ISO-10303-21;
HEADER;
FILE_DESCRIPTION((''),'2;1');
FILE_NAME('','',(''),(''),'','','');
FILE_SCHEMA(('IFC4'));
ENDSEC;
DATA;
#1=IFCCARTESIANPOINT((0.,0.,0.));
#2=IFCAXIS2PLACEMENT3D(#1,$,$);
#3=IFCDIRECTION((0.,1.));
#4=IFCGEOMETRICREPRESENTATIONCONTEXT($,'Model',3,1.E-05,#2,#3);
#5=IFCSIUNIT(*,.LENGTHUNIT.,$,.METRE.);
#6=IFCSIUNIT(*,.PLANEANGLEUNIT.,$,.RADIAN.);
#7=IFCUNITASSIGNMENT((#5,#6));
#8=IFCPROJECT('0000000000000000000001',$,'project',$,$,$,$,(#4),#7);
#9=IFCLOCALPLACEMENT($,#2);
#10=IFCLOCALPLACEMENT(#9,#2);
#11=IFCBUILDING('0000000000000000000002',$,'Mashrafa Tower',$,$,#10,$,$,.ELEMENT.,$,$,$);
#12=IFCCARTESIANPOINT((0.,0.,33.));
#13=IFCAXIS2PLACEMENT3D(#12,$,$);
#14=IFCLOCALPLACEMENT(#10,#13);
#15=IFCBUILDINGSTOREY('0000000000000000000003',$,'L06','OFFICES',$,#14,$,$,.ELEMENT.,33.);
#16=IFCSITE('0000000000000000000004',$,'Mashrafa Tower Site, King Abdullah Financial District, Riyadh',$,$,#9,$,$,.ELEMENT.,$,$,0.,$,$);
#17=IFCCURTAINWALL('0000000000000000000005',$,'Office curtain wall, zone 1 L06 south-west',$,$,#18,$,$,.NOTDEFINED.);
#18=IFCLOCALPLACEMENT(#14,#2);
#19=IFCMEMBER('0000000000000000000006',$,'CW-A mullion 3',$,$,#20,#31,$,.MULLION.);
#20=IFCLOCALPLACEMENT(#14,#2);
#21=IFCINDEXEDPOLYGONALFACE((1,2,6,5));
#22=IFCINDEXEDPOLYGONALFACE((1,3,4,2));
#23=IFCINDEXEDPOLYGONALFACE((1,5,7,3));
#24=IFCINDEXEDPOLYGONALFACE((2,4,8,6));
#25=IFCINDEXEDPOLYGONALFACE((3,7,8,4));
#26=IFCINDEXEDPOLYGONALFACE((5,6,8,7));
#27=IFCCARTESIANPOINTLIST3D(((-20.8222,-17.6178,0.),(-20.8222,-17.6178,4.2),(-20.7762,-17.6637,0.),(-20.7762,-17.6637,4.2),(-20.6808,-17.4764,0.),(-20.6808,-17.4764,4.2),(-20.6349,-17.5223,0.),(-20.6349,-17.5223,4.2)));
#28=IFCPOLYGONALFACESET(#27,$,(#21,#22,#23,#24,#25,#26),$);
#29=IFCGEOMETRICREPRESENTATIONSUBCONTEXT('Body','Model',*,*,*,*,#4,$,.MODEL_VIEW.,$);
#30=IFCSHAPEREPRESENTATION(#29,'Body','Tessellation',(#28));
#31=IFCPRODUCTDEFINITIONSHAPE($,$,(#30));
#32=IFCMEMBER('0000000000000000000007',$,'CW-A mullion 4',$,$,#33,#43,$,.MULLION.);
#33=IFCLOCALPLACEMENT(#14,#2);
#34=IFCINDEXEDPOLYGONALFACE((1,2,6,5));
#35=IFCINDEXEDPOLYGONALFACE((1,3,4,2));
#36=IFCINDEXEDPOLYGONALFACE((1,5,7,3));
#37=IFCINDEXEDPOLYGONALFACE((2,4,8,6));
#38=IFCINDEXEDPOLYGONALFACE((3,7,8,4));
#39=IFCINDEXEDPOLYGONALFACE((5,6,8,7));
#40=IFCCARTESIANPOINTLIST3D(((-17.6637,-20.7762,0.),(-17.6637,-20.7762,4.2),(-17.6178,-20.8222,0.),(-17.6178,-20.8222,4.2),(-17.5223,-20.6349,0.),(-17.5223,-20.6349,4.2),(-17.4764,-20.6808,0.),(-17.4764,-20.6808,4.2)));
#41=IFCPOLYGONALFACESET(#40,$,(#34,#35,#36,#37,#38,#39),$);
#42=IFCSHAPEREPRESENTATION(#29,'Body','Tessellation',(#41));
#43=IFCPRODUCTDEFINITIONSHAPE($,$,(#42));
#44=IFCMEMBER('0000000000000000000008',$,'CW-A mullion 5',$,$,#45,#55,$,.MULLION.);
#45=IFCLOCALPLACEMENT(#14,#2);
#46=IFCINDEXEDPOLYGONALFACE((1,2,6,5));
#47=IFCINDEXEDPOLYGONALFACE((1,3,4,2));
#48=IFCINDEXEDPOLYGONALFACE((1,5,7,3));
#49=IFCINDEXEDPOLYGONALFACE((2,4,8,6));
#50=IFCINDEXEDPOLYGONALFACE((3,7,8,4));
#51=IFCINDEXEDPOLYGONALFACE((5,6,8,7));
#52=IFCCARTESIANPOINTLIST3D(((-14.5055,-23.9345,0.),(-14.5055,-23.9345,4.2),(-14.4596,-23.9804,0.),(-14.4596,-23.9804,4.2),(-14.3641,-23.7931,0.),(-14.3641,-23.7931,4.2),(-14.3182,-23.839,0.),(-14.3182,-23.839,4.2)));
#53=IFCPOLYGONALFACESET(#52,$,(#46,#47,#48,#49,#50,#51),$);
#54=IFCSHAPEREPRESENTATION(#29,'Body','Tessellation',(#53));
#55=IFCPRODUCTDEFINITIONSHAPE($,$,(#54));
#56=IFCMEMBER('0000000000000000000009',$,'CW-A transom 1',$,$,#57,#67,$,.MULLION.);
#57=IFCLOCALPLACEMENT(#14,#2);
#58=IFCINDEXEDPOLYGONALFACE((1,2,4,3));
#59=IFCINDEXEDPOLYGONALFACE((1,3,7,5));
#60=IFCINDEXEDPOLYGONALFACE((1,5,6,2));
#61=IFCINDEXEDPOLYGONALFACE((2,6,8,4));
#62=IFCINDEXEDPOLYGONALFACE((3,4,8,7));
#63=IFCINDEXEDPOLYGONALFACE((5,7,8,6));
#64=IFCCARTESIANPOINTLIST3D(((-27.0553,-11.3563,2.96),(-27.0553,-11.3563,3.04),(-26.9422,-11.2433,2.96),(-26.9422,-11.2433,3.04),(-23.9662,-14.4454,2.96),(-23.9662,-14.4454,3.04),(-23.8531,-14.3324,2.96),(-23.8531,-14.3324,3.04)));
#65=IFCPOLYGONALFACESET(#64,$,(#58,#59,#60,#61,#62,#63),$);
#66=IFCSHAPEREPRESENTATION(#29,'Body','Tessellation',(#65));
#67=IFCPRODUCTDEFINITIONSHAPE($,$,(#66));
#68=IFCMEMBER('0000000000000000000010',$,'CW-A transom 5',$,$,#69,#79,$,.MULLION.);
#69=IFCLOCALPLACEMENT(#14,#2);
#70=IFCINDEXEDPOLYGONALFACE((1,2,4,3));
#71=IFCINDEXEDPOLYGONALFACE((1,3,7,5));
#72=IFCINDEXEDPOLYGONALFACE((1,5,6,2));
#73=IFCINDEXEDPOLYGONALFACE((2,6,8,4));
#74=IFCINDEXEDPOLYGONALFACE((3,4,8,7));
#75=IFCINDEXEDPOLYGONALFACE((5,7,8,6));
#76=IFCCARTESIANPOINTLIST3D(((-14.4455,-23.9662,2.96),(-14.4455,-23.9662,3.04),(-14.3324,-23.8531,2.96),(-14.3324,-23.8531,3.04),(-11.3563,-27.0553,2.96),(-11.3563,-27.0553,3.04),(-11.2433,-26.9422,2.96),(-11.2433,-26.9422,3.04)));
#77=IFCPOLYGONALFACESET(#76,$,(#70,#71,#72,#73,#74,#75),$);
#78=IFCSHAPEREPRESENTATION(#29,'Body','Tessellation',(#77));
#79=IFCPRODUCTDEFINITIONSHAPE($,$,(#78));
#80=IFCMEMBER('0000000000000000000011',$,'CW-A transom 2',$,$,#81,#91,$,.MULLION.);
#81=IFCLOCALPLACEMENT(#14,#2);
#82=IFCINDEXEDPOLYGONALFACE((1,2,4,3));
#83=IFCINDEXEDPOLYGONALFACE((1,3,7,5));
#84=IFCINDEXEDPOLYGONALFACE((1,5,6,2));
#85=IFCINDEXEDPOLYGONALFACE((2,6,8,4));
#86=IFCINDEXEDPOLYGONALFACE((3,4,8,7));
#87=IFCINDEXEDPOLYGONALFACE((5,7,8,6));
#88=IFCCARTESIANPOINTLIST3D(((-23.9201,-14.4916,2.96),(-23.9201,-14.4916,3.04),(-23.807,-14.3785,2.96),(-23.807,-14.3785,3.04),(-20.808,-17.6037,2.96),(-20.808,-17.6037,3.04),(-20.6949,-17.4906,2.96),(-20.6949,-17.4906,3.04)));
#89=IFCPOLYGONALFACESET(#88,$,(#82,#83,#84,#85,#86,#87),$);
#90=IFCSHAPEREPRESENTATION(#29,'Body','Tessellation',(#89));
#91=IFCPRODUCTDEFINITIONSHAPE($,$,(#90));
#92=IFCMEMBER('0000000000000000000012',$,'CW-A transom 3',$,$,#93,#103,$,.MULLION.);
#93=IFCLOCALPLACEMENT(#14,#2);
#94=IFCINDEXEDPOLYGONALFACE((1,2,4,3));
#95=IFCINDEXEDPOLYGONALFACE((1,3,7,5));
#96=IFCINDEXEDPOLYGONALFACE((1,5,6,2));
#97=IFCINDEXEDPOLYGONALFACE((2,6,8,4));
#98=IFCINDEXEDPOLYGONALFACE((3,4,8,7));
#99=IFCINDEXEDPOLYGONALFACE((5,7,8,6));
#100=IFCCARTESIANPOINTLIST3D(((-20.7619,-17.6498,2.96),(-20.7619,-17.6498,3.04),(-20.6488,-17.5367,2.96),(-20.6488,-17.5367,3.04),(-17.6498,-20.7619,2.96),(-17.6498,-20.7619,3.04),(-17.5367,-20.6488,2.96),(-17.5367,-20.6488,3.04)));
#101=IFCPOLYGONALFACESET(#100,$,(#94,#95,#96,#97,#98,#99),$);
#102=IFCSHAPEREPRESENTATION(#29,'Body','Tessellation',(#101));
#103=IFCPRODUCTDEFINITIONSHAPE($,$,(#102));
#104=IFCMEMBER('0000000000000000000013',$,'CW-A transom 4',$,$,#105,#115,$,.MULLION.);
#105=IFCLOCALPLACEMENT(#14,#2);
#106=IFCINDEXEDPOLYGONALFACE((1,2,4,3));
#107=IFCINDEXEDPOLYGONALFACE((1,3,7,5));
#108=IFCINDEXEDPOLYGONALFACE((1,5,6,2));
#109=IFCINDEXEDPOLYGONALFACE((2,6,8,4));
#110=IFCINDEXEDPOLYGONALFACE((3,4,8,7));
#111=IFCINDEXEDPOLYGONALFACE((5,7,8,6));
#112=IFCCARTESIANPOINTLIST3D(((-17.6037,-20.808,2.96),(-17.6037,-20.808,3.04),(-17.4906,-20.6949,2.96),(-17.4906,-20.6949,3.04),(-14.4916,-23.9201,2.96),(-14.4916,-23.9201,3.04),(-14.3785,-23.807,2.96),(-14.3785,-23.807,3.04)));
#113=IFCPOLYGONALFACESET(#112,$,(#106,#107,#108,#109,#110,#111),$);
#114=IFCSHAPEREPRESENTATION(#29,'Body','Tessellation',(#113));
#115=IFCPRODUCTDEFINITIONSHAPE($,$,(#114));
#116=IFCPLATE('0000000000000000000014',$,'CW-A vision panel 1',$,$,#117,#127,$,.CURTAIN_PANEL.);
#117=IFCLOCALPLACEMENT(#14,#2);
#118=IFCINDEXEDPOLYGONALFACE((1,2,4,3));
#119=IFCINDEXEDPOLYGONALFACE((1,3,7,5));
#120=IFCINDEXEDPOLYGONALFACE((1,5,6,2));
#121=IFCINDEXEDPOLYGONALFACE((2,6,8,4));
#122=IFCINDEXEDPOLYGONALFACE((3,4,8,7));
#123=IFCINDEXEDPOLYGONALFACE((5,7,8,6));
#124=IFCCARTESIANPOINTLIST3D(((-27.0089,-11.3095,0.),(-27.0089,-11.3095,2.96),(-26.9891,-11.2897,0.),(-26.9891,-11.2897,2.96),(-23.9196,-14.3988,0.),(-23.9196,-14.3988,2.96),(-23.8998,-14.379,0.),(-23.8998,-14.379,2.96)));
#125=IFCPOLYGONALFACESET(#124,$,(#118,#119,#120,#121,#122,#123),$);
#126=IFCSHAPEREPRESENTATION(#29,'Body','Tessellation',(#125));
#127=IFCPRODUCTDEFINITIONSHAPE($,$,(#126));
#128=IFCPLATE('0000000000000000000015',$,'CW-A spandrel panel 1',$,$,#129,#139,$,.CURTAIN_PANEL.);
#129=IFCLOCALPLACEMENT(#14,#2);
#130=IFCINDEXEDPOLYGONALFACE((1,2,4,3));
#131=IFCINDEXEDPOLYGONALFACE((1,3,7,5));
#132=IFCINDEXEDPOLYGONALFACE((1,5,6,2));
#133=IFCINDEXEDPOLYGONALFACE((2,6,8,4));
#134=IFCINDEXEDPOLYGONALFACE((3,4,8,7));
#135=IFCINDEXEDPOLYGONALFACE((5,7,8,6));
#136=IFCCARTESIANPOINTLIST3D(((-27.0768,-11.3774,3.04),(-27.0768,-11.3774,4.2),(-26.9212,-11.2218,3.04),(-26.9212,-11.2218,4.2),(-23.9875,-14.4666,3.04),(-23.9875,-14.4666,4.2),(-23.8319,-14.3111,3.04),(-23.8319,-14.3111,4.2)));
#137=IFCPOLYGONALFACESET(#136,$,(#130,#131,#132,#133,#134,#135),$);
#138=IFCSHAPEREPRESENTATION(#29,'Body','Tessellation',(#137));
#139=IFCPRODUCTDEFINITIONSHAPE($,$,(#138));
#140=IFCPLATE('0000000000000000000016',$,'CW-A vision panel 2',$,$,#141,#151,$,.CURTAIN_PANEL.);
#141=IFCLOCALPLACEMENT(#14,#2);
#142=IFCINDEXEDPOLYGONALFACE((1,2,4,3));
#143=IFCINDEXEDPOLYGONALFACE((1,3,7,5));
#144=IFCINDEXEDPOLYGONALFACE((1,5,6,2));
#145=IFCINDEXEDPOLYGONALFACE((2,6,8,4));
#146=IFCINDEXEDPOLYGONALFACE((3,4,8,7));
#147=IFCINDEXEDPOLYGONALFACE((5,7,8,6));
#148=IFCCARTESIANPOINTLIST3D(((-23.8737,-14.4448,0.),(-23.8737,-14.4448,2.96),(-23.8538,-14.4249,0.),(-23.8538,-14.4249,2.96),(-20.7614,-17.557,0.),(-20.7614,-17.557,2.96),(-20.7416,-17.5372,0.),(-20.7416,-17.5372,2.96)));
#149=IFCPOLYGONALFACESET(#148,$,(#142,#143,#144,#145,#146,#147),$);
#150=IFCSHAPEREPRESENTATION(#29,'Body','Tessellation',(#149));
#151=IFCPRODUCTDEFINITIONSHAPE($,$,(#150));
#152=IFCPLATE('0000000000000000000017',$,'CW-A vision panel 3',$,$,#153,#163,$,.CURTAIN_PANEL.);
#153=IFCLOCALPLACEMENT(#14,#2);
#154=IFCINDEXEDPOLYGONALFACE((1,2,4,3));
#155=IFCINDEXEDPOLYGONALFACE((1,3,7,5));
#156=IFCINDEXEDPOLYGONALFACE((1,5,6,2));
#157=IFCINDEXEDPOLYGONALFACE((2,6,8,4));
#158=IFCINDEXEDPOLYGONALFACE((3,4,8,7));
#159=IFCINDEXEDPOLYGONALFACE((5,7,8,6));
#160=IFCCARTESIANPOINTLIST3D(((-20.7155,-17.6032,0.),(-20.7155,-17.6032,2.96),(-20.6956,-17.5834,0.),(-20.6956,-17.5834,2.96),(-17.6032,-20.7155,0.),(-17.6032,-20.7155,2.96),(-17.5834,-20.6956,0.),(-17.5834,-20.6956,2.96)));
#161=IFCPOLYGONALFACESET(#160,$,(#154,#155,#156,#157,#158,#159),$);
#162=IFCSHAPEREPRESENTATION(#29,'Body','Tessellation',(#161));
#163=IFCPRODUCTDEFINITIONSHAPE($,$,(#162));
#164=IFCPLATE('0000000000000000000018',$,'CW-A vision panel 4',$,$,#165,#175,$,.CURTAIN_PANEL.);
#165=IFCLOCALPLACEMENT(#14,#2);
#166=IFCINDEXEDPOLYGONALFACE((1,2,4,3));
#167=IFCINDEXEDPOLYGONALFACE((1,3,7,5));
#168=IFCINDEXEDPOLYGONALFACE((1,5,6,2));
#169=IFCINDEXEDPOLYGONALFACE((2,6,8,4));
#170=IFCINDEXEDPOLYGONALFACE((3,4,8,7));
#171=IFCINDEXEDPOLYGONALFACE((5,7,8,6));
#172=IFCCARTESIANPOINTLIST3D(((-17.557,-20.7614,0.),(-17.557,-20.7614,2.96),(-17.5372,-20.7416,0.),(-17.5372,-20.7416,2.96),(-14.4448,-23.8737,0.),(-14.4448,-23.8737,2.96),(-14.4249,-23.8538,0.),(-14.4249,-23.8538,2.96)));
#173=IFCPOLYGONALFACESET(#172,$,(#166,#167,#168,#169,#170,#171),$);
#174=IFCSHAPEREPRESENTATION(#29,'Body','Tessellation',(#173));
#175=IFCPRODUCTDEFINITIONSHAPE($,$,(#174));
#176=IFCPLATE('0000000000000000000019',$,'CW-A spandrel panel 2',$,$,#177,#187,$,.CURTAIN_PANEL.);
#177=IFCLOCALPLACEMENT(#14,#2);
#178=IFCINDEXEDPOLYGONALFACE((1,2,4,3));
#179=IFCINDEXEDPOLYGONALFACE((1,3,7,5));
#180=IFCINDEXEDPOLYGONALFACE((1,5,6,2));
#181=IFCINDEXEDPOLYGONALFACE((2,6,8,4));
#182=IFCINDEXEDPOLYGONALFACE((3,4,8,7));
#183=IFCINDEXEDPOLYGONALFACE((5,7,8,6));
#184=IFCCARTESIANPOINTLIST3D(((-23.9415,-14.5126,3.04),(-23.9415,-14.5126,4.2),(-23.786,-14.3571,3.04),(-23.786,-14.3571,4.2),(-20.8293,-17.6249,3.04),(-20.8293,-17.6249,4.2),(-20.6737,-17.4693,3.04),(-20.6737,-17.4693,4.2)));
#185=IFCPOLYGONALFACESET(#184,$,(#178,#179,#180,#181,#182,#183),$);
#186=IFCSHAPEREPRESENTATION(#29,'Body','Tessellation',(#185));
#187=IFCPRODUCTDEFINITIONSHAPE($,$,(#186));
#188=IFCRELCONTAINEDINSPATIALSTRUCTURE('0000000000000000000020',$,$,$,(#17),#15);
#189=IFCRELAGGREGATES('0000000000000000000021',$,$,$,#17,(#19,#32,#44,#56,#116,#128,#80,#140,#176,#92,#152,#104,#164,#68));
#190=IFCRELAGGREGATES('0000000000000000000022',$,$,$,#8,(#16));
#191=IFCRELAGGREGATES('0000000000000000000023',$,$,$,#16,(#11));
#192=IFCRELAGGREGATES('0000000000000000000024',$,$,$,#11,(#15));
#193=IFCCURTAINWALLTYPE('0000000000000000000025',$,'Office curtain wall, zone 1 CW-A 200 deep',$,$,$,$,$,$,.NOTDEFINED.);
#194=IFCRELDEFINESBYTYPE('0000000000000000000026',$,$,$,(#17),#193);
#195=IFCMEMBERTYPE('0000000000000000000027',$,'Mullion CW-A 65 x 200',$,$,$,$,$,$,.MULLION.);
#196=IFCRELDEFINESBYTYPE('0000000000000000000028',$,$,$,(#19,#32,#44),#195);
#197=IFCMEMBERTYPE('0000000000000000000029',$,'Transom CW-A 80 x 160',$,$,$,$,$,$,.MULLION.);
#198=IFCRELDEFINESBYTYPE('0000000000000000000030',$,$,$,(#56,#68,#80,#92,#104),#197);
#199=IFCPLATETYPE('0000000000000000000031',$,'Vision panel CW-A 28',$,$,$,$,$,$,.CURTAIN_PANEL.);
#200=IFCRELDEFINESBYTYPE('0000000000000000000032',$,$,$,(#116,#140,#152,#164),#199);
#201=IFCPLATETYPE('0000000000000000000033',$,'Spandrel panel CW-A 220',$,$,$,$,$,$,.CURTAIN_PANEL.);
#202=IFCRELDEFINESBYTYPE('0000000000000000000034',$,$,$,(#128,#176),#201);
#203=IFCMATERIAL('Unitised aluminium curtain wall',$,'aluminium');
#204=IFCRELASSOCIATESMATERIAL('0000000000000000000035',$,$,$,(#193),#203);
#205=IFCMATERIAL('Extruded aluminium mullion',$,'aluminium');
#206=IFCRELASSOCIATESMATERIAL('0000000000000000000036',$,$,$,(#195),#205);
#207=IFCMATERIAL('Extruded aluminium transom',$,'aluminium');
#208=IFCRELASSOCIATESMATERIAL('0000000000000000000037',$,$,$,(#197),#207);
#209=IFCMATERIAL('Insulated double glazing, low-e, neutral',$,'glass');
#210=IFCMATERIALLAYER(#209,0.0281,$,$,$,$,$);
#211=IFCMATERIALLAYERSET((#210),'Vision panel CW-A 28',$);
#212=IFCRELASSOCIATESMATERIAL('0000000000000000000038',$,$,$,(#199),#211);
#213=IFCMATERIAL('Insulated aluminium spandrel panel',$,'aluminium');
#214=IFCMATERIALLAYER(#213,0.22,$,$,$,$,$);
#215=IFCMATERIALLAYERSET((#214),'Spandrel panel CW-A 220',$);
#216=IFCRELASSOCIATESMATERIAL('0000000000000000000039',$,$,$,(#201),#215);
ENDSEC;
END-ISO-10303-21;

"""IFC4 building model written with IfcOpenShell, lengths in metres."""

from ifc_helpers import new_model, si_unit, direction, frame, origin, origin_2d, place, context, subcontext, project, spatial, rectangle, extrude, source, transform, mapped, material, layer, layer_set, material_profile, profile_set, type_object, type_shapes, element, aggregate, save


model = new_model("IFC4")

# Units and contexts
model_context = context("Model", 3, precision=1e-05, world=origin(), true_north=direction((0.0, 1.0)))
body_context = subcontext(model_context, "Body", "Model", "MODEL_VIEW")
ifc_project = project(units=[si_unit("LENGTHUNIT", "METRE"), si_unit("PLANEANGLEUNIT", "RADIAN")], contexts=[model_context])

# Site, building, storey
site_placement = place(None, origin())
site = spatial("IfcSite", under=ifc_project, at=site_placement, Name="Mashrafa Tower Site, King Abdullah Financial District, Riyadh", CompositionType="ELEMENT", RefElevation=0.0)
building_placement = place(site_placement, origin())
building = spatial("IfcBuilding", under=site, at=building_placement, Name="Mashrafa Tower", CompositionType="ELEMENT")
storey_placement = place(building_placement, frame((0.0, 0.0, 33.0)))
storey = spatial("IfcBuildingStorey", under=building, at=storey_placement, Name="L06", Description="OFFICES", CompositionType="ELEMENT", Elevation=33.0)

# Curtain wall, members, plates
ifc_material_1 = material(Name="Unitised aluminium curtain wall", Category="aluminium")
curtain_wall_type = type_object("IfcCurtainWallType", Name="Office curtain wall, zone 1 CW-A 200 deep", PredefinedType="NOTDEFINED", material=ifc_material_1)
curtain_wall_placement = place(storey_placement, origin())
curtain_wall = element("IfcCurtainWall", 1, at=curtain_wall_placement, inside=storey, type_object=curtain_wall_type, Name="Office curtain wall, zone 1 L06 south-west", PredefinedType="NOTDEFINED")
ifc_material_2 = material(Name="Extruded aluminium mullion", Category="aluminium")
ifc_material_profile_1 = material_profile(ifc_material_2, rectangle(XDim=0.2, YDim=0.0649, at=origin_2d()), Name="Mullion 65x200")
ifc_profile_set_1 = profile_set([ifc_material_profile_1], Name="Extruded aluminium mullion")
member_type_1 = type_object("IfcMemberType", Name="Mullion CW-A 65 x 200", PredefinedType="MULLION", material=ifc_profile_set_1)
shared_shape_1 = source(origin(), body_context, "Body", "SweptSolid", [
    extrude(rectangle(XDim=0.2, YDim=0.0649, at=origin_2d()), origin(), (0.0, 0.0, 1.0), 4.2),
])
type_shapes(member_type_1, [shared_shape_1])
member_1_placement = place(storey_placement, frame((-20.7285, -17.5701, 0.0), z_axis=(0.0, 0.0, 1.0), x_axis=(0.707107, 0.707107, 0.0)))
member_1 = element("IfcMember", 2, at=member_1_placement, type_object=member_type_1, Name="CW-A mullion 3", PredefinedType="MULLION", context=body_context, shape_type="MappedRepresentation", body=[
    mapped(shared_shape_1, transform((0.0, 0.0, 0.0))),
])
member_2_placement = place(storey_placement, frame((-17.5701, -20.7285, 0.0), z_axis=(0.0, 0.0, 1.0), x_axis=(0.707107, 0.707107, 0.0)))
member_2 = element("IfcMember", 3, at=member_2_placement, type_object=member_type_1, Name="CW-A mullion 4", PredefinedType="MULLION", context=body_context, shape_type="MappedRepresentation", body=[
    mapped(shared_shape_1, transform((0.0, 0.0, 0.0))),
])
member_3_placement = place(storey_placement, frame((-14.4119, -23.8867, 0.0), z_axis=(0.0, 0.0, 1.0), x_axis=(0.707107, 0.707107, 0.0)))
member_3 = element("IfcMember", 4, at=member_3_placement, type_object=member_type_1, Name="CW-A mullion 5", PredefinedType="MULLION", context=body_context, shape_type="MappedRepresentation", body=[
    mapped(shared_shape_1, transform((0.0, 0.0, 0.0))),
])
ifc_material_3 = material(Name="Extruded aluminium transom", Category="aluminium")
ifc_material_profile_2 = material_profile(ifc_material_3, rectangle(XDim=0.1599, YDim=0.0801, at=origin_2d()), Name="Transom 80x160")
ifc_profile_set_2 = profile_set([ifc_material_profile_2], Name="Extruded aluminium transom")
member_type_2 = type_object("IfcMemberType", Name="Transom CW-A 80 x 160", PredefinedType="MULLION", material=ifc_profile_set_2)
shared_shape_2 = source(origin(), body_context, "Body", "SweptSolid", [
    extrude(rectangle(XDim=0.1599, YDim=0.0801, at=origin_2d()), origin(), (0.0, 0.0, 1.0), 4.3687),
])
member_4_placement = place(storey_placement, frame((-26.9988, -11.2998, 3.0), z_axis=(0.707107, -0.707107, 0.0), x_axis=(0.707107, 0.707107, 0.0)))
member_4 = element("IfcMember", 5, at=member_4_placement, type_object=member_type_2, Name="CW-A transom 1", PredefinedType="MULLION", context=body_context, shape_type="MappedRepresentation", body=[
    mapped(shared_shape_2, transform((0.0, 0.0, 0.0))),
])
member_5_placement = place(storey_placement, frame((-14.3889, -23.9097, 3.0), z_axis=(0.707107, -0.707107, 0.0), x_axis=(0.707107, 0.707107, 0.0)))
member_5 = element("IfcMember", 6, at=member_5_placement, type_object=member_type_2, Name="CW-A transom 5", PredefinedType="MULLION", context=body_context, shape_type="MappedRepresentation", body=[
    mapped(shared_shape_2, transform((0.0, 0.0, 0.0))),
])
shared_shape_3 = source(origin(), body_context, "Body", "SweptSolid", [
    extrude(rectangle(XDim=0.1599, YDim=0.0801, at=origin_2d()), origin(), (0.0, 0.0, 1.0), 4.4011),
])
type_shapes(member_type_2, [shared_shape_2, shared_shape_3])
member_6_placement = place(storey_placement, frame((-23.8635, -14.4351, 3.0), z_axis=(0.707107, -0.707107, 0.0), x_axis=(0.707107, 0.707107, 0.0)))
member_6 = element("IfcMember", 7, at=member_6_placement, type_object=member_type_2, Name="CW-A transom 2", PredefinedType="MULLION", context=body_context, shape_type="MappedRepresentation", body=[
    mapped(shared_shape_3, transform((0.0, 0.0, 0.0))),
])
member_7_placement = place(storey_placement, frame((-20.7053, -17.5933, 3.0), z_axis=(0.707107, -0.707107, 0.0), x_axis=(0.707107, 0.707107, 0.0)))
member_7 = element("IfcMember", 8, at=member_7_placement, type_object=member_type_2, Name="CW-A transom 3", PredefinedType="MULLION", context=body_context, shape_type="MappedRepresentation", body=[
    mapped(shared_shape_3, transform((0.0, 0.0, 0.0))),
])
member_8_placement = place(storey_placement, frame((-17.5471, -20.7515, 3.0), z_axis=(0.707107, -0.707107, 0.0), x_axis=(0.707107, 0.707107, 0.0)))
member_8 = element("IfcMember", 9, at=member_8_placement, type_object=member_type_2, Name="CW-A transom 4", PredefinedType="MULLION", context=body_context, shape_type="MappedRepresentation", body=[
    mapped(shared_shape_3, transform((0.0, 0.0, 0.0))),
])
ifc_material_4 = material(Name="Insulated double glazing, low-e, neutral", Category="glass")
ifc_layer_1 = layer(ifc_material_4, 0.0281)
ifc_layer_set_1 = layer_set([ifc_layer_1], Name="Vision panel CW-A 28")
plate_type_1 = type_object("IfcPlateType", Name="Vision panel CW-A 28", PredefinedType="CURTAIN_PANEL", material=ifc_layer_set_1)
shared_shape_4 = source(origin(), body_context, "Body", "SweptSolid", [
    extrude(rectangle(XDim=4.3689, YDim=0.0281, at=origin_2d()), origin(), (0.0, 0.0, 1.0), 2.96),
])
plate_1_placement = place(storey_placement, frame((-25.4543, -12.8442, 0.0), z_axis=(0.0, 0.0, 1.0), x_axis=(0.707107, -0.707107, 0.0)))
plate_1 = element("IfcPlate", 10, at=plate_1_placement, type_object=plate_type_1, Name="CW-A vision panel 1", PredefinedType="CURTAIN_PANEL", context=body_context, shape_type="MappedRepresentation", body=[
    mapped(shared_shape_4, transform((0.0, 0.0, 0.0))),
])
ifc_material_5 = material(Name="Insulated aluminium spandrel panel", Category="aluminium")
ifc_layer_2 = layer(ifc_material_5, 0.22)
ifc_layer_set_2 = layer_set([ifc_layer_2], Name="Spandrel panel CW-A 220")
plate_type_2 = type_object("IfcPlateType", Name="Spandrel panel CW-A 220", PredefinedType="CURTAIN_PANEL", material=ifc_layer_set_2)
shared_shape_5 = source(origin(), body_context, "Body", "SweptSolid", [
    extrude(rectangle(XDim=4.3689, YDim=0.22, at=origin_2d()), origin(), (0.0, 0.0, 1.0), 1.1599),
])
plate_2_placement = place(storey_placement, frame((-25.4543, -12.8442, 3.04), z_axis=(0.0, 0.0, 1.0), x_axis=(0.707107, -0.707107, 0.0)))
plate_2 = element("IfcPlate", 11, at=plate_2_placement, type_object=plate_type_2, Name="CW-A spandrel panel 1", PredefinedType="CURTAIN_PANEL", context=body_context, shape_type="MappedRepresentation", body=[
    mapped(shared_shape_5, transform((0.0, 0.0, 0.0))),
])
shared_shape_6 = source(origin(), body_context, "Body", "SweptSolid", [
    extrude(rectangle(XDim=4.4014, YDim=0.0281, at=origin_2d()), origin(), (0.0, 0.0, 1.0), 2.96),
])
type_shapes(plate_type_1, [shared_shape_4, shared_shape_6])
plate_3_placement = place(storey_placement, frame((-22.3076, -15.991, 0.0), z_axis=(0.0, 0.0, 1.0), x_axis=(0.707107, -0.707107, 0.0)))
plate_3 = element("IfcPlate", 12, at=plate_3_placement, type_object=plate_type_1, Name="CW-A vision panel 2", PredefinedType="CURTAIN_PANEL", context=body_context, shape_type="MappedRepresentation", body=[
    mapped(shared_shape_6, transform((0.0, 0.0, 0.0))),
])
plate_4_placement = place(storey_placement, frame((-19.1494, -19.1494, 0.0), z_axis=(0.0, 0.0, 1.0), x_axis=(0.707107, -0.707107, 0.0)))
plate_4 = element("IfcPlate", 13, at=plate_4_placement, type_object=plate_type_1, Name="CW-A vision panel 3", PredefinedType="CURTAIN_PANEL", context=body_context, shape_type="MappedRepresentation", body=[
    mapped(shared_shape_6, transform((0.0, 0.0, 0.0))),
])
plate_5_placement = place(storey_placement, frame((-15.991, -22.3076, 0.0), z_axis=(0.0, 0.0, 1.0), x_axis=(0.707107, -0.707107, 0.0)))
plate_5 = element("IfcPlate", 14, at=plate_5_placement, type_object=plate_type_1, Name="CW-A vision panel 4", PredefinedType="CURTAIN_PANEL", context=body_context, shape_type="MappedRepresentation", body=[
    mapped(shared_shape_6, transform((0.0, 0.0, 0.0))),
])
shared_shape_7 = source(origin(), body_context, "Body", "SweptSolid", [
    extrude(rectangle(XDim=4.4014, YDim=0.22, at=origin_2d()), origin(), (0.0, 0.0, 1.0), 1.1599),
])
type_shapes(plate_type_2, [shared_shape_5, shared_shape_7])
plate_6_placement = place(storey_placement, frame((-22.3076, -15.991, 3.04), z_axis=(0.0, 0.0, 1.0), x_axis=(0.707107, -0.707107, 0.0)))
plate_6 = element("IfcPlate", 15, at=plate_6_placement, type_object=plate_type_2, Name="CW-A spandrel panel 2", PredefinedType="CURTAIN_PANEL", context=body_context, shape_type="MappedRepresentation", body=[
    mapped(shared_shape_7, transform((0.0, 0.0, 0.0))),
])
aggregate(curtain_wall, [member_1, member_2, member_3, member_4, plate_1, plate_2, member_6, plate_3, plate_6, member_7, plate_4, member_8, plate_5, member_5])

save(model, "model.ifc")
